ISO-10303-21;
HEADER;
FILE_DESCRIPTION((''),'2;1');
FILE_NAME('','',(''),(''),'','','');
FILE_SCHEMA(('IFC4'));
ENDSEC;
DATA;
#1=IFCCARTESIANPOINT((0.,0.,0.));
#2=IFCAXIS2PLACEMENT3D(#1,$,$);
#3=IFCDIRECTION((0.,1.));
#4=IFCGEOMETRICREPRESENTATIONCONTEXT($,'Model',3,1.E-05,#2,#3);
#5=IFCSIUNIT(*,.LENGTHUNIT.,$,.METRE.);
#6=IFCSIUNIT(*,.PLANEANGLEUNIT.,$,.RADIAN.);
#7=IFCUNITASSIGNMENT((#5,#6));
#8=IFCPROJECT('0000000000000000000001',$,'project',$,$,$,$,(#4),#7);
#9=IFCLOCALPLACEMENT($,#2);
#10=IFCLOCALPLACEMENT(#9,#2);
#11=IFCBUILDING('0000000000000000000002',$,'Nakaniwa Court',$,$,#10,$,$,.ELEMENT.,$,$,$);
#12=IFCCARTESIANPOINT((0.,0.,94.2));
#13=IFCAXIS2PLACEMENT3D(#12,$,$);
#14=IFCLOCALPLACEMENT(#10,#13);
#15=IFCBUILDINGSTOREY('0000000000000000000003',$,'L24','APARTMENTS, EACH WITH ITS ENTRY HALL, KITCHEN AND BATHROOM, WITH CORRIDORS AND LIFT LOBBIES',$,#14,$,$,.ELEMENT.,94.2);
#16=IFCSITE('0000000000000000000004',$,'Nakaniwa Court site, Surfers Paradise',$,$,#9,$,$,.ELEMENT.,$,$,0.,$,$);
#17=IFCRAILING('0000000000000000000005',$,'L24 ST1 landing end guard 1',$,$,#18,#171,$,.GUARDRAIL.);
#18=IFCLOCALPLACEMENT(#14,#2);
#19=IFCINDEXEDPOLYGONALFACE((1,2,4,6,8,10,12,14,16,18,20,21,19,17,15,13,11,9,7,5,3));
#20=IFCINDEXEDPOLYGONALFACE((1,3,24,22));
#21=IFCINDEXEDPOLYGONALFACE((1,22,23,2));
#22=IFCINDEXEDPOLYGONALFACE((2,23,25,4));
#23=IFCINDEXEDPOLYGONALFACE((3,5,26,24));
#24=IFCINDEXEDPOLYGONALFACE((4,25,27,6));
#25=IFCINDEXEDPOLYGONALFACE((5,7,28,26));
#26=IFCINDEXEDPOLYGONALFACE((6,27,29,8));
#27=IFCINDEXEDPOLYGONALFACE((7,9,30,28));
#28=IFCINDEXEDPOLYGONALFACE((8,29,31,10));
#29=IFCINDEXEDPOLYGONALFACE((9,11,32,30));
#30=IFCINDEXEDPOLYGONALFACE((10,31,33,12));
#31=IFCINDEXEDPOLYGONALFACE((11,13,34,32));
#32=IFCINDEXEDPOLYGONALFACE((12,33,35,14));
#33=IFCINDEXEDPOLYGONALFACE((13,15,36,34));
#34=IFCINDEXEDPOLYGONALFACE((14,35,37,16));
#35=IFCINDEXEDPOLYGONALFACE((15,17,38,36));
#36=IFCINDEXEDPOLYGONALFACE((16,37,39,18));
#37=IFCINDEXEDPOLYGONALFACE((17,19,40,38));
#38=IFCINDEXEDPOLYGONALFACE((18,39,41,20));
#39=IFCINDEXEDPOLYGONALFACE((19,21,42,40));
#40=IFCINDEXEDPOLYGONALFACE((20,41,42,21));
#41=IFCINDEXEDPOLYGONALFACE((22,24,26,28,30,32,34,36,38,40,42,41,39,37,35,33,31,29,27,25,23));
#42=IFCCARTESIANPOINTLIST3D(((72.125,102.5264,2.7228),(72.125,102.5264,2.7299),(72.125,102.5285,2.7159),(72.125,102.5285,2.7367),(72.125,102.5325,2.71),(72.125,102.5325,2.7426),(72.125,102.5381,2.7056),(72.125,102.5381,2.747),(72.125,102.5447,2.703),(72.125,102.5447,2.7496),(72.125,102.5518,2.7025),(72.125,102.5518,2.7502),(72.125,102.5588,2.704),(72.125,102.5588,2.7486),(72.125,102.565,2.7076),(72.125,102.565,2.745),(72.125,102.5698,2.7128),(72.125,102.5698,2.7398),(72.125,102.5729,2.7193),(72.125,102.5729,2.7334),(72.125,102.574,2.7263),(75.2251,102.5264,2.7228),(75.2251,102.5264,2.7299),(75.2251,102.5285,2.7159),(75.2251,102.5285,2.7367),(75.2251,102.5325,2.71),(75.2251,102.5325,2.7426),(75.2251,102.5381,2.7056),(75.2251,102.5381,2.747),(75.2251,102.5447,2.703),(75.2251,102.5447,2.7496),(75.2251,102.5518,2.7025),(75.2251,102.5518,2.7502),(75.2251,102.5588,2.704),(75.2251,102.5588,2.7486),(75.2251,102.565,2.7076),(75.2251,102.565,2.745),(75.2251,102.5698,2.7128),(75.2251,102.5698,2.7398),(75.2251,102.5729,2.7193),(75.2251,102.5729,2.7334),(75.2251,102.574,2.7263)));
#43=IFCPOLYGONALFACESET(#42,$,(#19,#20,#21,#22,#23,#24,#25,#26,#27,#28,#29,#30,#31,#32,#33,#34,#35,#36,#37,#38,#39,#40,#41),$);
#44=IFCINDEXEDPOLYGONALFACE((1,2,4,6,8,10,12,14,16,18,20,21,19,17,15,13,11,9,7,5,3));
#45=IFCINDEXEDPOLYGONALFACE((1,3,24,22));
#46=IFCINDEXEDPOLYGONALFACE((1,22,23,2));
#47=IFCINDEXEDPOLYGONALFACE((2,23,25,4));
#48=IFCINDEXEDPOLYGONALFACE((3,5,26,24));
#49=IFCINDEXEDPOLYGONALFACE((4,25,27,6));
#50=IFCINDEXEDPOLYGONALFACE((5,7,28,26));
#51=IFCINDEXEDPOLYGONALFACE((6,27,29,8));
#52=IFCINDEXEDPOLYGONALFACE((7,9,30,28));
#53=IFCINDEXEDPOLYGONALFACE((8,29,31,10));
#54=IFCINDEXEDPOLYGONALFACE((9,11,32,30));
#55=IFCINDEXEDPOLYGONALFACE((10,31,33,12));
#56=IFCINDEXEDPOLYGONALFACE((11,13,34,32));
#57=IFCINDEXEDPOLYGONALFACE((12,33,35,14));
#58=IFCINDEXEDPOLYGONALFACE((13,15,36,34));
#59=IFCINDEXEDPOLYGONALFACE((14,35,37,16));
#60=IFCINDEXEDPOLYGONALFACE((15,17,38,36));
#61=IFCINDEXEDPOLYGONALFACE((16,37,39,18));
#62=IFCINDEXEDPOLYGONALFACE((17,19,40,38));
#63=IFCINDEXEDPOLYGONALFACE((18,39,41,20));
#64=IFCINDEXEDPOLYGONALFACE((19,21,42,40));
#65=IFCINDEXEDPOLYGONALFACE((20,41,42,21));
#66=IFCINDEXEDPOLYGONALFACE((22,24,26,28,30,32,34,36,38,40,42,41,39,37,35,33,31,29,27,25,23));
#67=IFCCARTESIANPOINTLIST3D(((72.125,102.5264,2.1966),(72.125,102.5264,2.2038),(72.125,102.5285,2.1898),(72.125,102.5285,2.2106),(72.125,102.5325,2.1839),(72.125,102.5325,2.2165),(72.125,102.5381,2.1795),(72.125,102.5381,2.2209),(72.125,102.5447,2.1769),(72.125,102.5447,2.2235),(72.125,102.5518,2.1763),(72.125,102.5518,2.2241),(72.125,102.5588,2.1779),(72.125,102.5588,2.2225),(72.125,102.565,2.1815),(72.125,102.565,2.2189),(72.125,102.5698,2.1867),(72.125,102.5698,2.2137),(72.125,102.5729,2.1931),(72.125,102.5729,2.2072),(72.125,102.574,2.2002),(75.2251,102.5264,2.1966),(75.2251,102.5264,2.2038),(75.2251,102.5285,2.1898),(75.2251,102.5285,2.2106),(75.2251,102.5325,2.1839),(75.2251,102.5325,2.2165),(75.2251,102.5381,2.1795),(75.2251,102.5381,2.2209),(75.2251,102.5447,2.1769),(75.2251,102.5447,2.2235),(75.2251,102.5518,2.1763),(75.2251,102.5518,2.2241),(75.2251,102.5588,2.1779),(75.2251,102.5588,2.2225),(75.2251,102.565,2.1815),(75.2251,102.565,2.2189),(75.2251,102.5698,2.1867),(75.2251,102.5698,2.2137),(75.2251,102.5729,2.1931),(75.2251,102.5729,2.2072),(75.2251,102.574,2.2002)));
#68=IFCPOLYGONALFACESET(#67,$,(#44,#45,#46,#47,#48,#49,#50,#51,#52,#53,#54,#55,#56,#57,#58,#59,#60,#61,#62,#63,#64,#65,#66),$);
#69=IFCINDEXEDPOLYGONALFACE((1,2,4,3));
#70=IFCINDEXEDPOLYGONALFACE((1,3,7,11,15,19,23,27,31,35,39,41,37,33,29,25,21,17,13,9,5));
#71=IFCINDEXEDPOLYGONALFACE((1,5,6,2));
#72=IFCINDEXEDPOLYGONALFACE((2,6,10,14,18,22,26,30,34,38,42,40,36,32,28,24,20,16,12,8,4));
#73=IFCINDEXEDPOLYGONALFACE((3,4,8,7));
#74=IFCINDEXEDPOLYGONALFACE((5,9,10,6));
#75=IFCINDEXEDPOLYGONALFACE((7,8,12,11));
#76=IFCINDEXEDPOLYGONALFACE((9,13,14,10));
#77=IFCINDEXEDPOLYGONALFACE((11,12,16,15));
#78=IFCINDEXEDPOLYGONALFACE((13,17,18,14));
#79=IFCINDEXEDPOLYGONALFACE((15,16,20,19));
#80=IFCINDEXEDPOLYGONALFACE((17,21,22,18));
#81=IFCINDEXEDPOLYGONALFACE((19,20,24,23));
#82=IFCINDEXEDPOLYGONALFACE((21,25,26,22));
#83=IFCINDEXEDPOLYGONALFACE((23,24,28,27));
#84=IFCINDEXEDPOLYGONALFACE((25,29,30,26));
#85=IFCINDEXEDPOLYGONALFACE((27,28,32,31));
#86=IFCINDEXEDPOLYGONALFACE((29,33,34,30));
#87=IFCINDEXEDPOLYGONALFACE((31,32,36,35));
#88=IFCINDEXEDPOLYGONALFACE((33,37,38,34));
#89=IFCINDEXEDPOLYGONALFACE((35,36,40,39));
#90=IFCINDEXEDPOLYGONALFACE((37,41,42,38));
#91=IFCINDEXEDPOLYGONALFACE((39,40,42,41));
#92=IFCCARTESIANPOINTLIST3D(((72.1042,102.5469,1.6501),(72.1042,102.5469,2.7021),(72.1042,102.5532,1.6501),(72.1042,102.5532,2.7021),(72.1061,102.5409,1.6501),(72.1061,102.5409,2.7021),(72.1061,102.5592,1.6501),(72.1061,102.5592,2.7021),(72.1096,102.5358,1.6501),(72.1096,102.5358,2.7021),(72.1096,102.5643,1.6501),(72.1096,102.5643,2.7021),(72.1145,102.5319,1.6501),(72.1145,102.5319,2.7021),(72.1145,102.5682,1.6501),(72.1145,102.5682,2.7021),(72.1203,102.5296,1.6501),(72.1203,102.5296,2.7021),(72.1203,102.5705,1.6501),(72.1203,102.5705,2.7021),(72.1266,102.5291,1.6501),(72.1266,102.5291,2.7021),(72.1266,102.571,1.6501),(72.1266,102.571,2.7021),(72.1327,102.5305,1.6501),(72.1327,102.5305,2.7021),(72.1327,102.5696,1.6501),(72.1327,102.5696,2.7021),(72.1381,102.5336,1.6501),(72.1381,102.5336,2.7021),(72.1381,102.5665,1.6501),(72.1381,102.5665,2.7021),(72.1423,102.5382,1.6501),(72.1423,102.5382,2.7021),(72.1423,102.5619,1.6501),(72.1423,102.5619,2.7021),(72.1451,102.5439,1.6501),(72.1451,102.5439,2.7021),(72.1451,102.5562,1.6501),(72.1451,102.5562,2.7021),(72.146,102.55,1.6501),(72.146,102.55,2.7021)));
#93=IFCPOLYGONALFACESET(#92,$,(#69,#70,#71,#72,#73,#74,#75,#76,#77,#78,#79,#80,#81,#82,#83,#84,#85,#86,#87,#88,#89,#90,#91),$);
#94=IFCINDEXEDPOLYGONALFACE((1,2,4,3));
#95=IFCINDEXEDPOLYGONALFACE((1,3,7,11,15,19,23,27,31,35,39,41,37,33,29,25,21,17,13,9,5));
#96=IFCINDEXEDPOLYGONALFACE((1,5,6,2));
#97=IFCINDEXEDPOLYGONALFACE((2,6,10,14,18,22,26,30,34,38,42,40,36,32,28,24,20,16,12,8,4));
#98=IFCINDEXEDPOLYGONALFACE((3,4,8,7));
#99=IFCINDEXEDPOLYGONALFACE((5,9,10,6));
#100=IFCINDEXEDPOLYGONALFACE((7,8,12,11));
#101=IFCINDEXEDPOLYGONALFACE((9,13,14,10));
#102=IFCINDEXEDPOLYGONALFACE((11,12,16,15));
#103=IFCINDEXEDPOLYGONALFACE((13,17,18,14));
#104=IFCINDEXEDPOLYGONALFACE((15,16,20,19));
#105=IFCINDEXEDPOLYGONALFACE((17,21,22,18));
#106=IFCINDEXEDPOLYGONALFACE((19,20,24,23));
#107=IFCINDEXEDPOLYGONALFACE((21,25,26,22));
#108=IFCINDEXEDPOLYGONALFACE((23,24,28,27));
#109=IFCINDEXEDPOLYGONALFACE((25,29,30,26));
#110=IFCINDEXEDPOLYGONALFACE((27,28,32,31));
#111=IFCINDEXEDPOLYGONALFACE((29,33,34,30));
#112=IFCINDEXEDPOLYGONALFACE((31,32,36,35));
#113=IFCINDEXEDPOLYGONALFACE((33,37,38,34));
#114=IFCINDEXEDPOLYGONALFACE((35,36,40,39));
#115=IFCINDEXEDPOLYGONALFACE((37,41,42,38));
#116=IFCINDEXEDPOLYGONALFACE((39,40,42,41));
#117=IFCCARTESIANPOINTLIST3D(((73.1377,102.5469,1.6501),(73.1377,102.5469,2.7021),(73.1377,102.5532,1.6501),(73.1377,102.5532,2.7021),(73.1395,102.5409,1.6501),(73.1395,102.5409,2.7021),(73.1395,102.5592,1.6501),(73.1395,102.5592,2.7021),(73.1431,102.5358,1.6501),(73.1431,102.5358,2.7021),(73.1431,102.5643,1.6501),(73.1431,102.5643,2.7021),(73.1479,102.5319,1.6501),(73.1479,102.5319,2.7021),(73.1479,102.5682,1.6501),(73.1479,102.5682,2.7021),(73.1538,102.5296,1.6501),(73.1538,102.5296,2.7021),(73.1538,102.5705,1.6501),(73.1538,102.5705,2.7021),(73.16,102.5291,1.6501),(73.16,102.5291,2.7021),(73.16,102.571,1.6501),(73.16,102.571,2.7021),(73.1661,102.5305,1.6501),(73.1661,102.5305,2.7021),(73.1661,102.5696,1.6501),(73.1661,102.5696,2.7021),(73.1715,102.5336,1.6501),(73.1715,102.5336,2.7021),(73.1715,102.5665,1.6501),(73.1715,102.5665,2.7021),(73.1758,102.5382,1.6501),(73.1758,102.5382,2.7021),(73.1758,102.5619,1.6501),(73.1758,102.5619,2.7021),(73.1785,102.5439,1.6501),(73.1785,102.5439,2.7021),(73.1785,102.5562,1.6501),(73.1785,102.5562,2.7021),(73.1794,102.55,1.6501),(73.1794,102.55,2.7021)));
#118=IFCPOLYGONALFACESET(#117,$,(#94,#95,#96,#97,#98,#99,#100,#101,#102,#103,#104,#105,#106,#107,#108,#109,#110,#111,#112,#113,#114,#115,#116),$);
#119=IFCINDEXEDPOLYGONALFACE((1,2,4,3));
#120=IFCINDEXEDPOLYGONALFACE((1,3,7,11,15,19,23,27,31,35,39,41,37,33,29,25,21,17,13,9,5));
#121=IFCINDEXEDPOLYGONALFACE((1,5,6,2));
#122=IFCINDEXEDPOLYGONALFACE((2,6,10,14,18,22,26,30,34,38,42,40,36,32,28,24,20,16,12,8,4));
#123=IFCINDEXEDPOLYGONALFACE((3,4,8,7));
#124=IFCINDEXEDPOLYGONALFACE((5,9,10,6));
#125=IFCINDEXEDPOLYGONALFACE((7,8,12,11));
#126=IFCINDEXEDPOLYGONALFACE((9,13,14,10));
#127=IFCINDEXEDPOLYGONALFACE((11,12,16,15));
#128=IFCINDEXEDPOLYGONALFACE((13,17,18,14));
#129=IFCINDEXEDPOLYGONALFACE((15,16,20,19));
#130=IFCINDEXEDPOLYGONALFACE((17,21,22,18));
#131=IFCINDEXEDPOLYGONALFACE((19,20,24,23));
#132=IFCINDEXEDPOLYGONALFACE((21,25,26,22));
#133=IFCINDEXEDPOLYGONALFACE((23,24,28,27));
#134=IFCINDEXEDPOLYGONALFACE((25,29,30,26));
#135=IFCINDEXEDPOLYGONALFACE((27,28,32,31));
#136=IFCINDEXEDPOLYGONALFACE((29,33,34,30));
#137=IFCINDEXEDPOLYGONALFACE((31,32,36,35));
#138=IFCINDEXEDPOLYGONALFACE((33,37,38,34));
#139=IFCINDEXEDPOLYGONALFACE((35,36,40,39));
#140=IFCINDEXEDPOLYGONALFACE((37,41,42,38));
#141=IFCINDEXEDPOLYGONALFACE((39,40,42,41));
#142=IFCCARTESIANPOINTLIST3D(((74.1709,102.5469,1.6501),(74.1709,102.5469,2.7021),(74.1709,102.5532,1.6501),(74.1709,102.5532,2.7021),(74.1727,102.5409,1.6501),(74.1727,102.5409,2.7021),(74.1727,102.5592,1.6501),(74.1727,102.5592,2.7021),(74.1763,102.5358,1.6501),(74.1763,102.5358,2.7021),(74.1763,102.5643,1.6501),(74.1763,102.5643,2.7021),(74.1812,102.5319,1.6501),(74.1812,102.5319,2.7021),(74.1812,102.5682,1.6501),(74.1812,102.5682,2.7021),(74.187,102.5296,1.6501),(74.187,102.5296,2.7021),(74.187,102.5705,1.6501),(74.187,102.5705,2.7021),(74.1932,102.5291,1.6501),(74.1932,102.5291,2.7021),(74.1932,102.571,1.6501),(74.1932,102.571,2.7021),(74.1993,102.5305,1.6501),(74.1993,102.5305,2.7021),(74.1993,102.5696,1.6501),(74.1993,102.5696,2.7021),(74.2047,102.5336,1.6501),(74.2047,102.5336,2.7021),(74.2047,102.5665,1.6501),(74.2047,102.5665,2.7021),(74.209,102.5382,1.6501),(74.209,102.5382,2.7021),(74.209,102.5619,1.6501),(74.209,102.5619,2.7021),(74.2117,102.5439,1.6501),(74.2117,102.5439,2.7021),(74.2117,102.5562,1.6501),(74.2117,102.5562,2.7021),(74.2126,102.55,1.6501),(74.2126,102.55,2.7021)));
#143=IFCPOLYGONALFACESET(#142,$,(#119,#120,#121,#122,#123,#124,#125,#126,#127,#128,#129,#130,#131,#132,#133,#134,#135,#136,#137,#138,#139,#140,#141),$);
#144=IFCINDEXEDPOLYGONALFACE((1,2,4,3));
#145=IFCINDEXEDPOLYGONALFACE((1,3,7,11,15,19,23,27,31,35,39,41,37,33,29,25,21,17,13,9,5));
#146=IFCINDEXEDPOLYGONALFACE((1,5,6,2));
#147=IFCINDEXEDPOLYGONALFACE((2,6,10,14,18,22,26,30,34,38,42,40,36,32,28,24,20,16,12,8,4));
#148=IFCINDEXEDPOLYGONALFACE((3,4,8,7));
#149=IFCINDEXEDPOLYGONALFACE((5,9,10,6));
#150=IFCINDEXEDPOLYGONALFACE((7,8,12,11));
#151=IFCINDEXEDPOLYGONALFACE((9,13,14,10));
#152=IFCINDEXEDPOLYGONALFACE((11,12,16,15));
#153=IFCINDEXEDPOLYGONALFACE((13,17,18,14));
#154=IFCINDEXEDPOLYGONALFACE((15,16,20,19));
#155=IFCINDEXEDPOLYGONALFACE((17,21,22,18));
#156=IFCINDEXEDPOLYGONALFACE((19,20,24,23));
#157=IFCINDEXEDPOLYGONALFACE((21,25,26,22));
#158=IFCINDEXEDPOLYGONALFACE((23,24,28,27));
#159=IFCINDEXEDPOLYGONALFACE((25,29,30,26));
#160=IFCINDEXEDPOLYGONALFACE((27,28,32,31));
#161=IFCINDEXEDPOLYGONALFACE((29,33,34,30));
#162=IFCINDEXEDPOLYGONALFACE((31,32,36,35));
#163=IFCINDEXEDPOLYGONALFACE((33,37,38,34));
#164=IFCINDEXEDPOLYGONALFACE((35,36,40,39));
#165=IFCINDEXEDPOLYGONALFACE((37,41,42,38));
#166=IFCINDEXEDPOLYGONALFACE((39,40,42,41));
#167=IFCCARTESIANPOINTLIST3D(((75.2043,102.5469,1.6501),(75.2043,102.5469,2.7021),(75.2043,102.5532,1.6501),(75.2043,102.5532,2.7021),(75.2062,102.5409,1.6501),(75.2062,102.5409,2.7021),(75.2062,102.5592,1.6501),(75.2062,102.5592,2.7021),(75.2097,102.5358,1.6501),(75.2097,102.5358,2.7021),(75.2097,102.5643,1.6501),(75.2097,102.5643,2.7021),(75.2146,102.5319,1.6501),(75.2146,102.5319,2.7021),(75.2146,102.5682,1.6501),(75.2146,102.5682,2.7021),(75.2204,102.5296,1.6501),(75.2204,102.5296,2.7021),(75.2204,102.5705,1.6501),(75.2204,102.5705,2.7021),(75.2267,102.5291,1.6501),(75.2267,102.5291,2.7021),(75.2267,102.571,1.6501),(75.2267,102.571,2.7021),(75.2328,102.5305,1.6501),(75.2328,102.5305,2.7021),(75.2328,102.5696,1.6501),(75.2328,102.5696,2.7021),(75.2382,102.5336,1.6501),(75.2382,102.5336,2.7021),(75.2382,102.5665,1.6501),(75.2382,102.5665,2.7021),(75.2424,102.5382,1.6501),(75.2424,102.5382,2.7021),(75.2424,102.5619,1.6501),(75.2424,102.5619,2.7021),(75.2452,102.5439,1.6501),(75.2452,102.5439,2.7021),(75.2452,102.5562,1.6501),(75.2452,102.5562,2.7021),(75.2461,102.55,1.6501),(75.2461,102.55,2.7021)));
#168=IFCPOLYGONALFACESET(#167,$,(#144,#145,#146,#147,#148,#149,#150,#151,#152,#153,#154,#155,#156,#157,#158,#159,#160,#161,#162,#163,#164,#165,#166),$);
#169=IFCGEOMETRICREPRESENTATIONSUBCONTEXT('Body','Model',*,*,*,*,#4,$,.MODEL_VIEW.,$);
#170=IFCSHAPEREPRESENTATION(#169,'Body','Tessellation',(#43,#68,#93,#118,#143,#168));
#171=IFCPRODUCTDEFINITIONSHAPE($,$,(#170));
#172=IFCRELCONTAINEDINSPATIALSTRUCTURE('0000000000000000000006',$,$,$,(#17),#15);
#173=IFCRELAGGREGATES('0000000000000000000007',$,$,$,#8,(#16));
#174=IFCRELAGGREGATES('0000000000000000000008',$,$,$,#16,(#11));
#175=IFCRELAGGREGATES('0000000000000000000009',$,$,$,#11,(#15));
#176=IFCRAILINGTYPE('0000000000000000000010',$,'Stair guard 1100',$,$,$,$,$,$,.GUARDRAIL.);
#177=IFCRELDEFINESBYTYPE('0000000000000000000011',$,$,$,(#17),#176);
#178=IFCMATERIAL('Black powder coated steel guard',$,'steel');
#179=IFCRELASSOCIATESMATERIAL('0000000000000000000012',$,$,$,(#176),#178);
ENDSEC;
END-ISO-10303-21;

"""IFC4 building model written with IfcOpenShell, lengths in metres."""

from ifc_helpers import new_model, si_unit, direction, frame, origin, origin_2d, place, context, subcontext, project, spatial, circle, extrude, material, type_object, element, save


model = new_model("IFC4")

# Units and contexts
model_context = context("Model", 3, precision=1e-05, world=origin(), true_north=direction((0.0, 1.0)))
body_context = subcontext(model_context, "Body", "Model", "MODEL_VIEW")
ifc_project = project(units=[si_unit("LENGTHUNIT", "METRE"), si_unit("PLANEANGLEUNIT", "RADIAN")], contexts=[model_context])

# Site, building, storey
site_placement = place(None, origin())
site = spatial("IfcSite", under=ifc_project, at=site_placement, Name="Nakaniwa Court site, Surfers Paradise", CompositionType="ELEMENT", RefElevation=0.0)
building_placement = place(site_placement, origin())
building = spatial("IfcBuilding", under=site, at=building_placement, Name="Nakaniwa Court", CompositionType="ELEMENT")
storey_placement = place(building_placement, frame((0.0, 0.0, 94.2)))
storey = spatial("IfcBuildingStorey", under=building, at=storey_placement, Name="L24", Description="APARTMENTS, EACH WITH ITS ENTRY HALL, KITCHEN AND BATHROOM, WITH CORRIDORS AND LIFT LOBBIES", CompositionType="ELEMENT", Elevation=94.2)

# Railing
ifc_material_1 = material(Name="Black powder coated steel guard", Category="steel")
railing_type_1 = type_object("IfcRailingType", Name="Stair guard 1100", PredefinedType="GUARDRAIL", material=ifc_material_1)
railing_1_placement = place(storey_placement, frame((72.125, 102.55, 1.6501)))
element("IfcRailing", 1, at=railing_1_placement, inside=storey, type_object=railing_type_1, Name="L24 ST1 landing end guard 1", PredefinedType="GUARDRAIL", context=body_context, shape_type="SweptSolid", body=[
    extrude(circle(Radius=0.0239, at=origin_2d()), frame((0.0, 0.0, 1.0762), z_axis=(1.0, 0.0, 0.0), x_axis=(0.0, 1.0, 0.0)), (0.0, 0.0, 1.0), 3.1001),
    extrude(circle(Radius=0.0239, at=origin_2d()), frame((0.0, 0.0, 0.55), z_axis=(1.0, 0.0, 0.0), x_axis=(0.0, 1.0, 0.0)), (0.0, 0.0, 1.0), 3.1001),
    extrude(circle(Radius=0.021, at=origin_2d()), origin(), (0.0, 0.0, 1.0), 1.052),
    extrude(circle(Radius=0.021, at=origin_2d()), frame((1.0334, 0.0, 0.0)), (0.0, 0.0, 1.0), 1.052),
    extrude(circle(Radius=0.021, at=origin_2d()), frame((2.0667, 0.0, 0.0)), (0.0, 0.0, 1.0), 1.052),
    extrude(circle(Radius=0.021, at=origin_2d()), frame((3.1001, 0.0, 0.0)), (0.0, 0.0, 1.0), 1.052),
])

save(model, "model.ifc")
